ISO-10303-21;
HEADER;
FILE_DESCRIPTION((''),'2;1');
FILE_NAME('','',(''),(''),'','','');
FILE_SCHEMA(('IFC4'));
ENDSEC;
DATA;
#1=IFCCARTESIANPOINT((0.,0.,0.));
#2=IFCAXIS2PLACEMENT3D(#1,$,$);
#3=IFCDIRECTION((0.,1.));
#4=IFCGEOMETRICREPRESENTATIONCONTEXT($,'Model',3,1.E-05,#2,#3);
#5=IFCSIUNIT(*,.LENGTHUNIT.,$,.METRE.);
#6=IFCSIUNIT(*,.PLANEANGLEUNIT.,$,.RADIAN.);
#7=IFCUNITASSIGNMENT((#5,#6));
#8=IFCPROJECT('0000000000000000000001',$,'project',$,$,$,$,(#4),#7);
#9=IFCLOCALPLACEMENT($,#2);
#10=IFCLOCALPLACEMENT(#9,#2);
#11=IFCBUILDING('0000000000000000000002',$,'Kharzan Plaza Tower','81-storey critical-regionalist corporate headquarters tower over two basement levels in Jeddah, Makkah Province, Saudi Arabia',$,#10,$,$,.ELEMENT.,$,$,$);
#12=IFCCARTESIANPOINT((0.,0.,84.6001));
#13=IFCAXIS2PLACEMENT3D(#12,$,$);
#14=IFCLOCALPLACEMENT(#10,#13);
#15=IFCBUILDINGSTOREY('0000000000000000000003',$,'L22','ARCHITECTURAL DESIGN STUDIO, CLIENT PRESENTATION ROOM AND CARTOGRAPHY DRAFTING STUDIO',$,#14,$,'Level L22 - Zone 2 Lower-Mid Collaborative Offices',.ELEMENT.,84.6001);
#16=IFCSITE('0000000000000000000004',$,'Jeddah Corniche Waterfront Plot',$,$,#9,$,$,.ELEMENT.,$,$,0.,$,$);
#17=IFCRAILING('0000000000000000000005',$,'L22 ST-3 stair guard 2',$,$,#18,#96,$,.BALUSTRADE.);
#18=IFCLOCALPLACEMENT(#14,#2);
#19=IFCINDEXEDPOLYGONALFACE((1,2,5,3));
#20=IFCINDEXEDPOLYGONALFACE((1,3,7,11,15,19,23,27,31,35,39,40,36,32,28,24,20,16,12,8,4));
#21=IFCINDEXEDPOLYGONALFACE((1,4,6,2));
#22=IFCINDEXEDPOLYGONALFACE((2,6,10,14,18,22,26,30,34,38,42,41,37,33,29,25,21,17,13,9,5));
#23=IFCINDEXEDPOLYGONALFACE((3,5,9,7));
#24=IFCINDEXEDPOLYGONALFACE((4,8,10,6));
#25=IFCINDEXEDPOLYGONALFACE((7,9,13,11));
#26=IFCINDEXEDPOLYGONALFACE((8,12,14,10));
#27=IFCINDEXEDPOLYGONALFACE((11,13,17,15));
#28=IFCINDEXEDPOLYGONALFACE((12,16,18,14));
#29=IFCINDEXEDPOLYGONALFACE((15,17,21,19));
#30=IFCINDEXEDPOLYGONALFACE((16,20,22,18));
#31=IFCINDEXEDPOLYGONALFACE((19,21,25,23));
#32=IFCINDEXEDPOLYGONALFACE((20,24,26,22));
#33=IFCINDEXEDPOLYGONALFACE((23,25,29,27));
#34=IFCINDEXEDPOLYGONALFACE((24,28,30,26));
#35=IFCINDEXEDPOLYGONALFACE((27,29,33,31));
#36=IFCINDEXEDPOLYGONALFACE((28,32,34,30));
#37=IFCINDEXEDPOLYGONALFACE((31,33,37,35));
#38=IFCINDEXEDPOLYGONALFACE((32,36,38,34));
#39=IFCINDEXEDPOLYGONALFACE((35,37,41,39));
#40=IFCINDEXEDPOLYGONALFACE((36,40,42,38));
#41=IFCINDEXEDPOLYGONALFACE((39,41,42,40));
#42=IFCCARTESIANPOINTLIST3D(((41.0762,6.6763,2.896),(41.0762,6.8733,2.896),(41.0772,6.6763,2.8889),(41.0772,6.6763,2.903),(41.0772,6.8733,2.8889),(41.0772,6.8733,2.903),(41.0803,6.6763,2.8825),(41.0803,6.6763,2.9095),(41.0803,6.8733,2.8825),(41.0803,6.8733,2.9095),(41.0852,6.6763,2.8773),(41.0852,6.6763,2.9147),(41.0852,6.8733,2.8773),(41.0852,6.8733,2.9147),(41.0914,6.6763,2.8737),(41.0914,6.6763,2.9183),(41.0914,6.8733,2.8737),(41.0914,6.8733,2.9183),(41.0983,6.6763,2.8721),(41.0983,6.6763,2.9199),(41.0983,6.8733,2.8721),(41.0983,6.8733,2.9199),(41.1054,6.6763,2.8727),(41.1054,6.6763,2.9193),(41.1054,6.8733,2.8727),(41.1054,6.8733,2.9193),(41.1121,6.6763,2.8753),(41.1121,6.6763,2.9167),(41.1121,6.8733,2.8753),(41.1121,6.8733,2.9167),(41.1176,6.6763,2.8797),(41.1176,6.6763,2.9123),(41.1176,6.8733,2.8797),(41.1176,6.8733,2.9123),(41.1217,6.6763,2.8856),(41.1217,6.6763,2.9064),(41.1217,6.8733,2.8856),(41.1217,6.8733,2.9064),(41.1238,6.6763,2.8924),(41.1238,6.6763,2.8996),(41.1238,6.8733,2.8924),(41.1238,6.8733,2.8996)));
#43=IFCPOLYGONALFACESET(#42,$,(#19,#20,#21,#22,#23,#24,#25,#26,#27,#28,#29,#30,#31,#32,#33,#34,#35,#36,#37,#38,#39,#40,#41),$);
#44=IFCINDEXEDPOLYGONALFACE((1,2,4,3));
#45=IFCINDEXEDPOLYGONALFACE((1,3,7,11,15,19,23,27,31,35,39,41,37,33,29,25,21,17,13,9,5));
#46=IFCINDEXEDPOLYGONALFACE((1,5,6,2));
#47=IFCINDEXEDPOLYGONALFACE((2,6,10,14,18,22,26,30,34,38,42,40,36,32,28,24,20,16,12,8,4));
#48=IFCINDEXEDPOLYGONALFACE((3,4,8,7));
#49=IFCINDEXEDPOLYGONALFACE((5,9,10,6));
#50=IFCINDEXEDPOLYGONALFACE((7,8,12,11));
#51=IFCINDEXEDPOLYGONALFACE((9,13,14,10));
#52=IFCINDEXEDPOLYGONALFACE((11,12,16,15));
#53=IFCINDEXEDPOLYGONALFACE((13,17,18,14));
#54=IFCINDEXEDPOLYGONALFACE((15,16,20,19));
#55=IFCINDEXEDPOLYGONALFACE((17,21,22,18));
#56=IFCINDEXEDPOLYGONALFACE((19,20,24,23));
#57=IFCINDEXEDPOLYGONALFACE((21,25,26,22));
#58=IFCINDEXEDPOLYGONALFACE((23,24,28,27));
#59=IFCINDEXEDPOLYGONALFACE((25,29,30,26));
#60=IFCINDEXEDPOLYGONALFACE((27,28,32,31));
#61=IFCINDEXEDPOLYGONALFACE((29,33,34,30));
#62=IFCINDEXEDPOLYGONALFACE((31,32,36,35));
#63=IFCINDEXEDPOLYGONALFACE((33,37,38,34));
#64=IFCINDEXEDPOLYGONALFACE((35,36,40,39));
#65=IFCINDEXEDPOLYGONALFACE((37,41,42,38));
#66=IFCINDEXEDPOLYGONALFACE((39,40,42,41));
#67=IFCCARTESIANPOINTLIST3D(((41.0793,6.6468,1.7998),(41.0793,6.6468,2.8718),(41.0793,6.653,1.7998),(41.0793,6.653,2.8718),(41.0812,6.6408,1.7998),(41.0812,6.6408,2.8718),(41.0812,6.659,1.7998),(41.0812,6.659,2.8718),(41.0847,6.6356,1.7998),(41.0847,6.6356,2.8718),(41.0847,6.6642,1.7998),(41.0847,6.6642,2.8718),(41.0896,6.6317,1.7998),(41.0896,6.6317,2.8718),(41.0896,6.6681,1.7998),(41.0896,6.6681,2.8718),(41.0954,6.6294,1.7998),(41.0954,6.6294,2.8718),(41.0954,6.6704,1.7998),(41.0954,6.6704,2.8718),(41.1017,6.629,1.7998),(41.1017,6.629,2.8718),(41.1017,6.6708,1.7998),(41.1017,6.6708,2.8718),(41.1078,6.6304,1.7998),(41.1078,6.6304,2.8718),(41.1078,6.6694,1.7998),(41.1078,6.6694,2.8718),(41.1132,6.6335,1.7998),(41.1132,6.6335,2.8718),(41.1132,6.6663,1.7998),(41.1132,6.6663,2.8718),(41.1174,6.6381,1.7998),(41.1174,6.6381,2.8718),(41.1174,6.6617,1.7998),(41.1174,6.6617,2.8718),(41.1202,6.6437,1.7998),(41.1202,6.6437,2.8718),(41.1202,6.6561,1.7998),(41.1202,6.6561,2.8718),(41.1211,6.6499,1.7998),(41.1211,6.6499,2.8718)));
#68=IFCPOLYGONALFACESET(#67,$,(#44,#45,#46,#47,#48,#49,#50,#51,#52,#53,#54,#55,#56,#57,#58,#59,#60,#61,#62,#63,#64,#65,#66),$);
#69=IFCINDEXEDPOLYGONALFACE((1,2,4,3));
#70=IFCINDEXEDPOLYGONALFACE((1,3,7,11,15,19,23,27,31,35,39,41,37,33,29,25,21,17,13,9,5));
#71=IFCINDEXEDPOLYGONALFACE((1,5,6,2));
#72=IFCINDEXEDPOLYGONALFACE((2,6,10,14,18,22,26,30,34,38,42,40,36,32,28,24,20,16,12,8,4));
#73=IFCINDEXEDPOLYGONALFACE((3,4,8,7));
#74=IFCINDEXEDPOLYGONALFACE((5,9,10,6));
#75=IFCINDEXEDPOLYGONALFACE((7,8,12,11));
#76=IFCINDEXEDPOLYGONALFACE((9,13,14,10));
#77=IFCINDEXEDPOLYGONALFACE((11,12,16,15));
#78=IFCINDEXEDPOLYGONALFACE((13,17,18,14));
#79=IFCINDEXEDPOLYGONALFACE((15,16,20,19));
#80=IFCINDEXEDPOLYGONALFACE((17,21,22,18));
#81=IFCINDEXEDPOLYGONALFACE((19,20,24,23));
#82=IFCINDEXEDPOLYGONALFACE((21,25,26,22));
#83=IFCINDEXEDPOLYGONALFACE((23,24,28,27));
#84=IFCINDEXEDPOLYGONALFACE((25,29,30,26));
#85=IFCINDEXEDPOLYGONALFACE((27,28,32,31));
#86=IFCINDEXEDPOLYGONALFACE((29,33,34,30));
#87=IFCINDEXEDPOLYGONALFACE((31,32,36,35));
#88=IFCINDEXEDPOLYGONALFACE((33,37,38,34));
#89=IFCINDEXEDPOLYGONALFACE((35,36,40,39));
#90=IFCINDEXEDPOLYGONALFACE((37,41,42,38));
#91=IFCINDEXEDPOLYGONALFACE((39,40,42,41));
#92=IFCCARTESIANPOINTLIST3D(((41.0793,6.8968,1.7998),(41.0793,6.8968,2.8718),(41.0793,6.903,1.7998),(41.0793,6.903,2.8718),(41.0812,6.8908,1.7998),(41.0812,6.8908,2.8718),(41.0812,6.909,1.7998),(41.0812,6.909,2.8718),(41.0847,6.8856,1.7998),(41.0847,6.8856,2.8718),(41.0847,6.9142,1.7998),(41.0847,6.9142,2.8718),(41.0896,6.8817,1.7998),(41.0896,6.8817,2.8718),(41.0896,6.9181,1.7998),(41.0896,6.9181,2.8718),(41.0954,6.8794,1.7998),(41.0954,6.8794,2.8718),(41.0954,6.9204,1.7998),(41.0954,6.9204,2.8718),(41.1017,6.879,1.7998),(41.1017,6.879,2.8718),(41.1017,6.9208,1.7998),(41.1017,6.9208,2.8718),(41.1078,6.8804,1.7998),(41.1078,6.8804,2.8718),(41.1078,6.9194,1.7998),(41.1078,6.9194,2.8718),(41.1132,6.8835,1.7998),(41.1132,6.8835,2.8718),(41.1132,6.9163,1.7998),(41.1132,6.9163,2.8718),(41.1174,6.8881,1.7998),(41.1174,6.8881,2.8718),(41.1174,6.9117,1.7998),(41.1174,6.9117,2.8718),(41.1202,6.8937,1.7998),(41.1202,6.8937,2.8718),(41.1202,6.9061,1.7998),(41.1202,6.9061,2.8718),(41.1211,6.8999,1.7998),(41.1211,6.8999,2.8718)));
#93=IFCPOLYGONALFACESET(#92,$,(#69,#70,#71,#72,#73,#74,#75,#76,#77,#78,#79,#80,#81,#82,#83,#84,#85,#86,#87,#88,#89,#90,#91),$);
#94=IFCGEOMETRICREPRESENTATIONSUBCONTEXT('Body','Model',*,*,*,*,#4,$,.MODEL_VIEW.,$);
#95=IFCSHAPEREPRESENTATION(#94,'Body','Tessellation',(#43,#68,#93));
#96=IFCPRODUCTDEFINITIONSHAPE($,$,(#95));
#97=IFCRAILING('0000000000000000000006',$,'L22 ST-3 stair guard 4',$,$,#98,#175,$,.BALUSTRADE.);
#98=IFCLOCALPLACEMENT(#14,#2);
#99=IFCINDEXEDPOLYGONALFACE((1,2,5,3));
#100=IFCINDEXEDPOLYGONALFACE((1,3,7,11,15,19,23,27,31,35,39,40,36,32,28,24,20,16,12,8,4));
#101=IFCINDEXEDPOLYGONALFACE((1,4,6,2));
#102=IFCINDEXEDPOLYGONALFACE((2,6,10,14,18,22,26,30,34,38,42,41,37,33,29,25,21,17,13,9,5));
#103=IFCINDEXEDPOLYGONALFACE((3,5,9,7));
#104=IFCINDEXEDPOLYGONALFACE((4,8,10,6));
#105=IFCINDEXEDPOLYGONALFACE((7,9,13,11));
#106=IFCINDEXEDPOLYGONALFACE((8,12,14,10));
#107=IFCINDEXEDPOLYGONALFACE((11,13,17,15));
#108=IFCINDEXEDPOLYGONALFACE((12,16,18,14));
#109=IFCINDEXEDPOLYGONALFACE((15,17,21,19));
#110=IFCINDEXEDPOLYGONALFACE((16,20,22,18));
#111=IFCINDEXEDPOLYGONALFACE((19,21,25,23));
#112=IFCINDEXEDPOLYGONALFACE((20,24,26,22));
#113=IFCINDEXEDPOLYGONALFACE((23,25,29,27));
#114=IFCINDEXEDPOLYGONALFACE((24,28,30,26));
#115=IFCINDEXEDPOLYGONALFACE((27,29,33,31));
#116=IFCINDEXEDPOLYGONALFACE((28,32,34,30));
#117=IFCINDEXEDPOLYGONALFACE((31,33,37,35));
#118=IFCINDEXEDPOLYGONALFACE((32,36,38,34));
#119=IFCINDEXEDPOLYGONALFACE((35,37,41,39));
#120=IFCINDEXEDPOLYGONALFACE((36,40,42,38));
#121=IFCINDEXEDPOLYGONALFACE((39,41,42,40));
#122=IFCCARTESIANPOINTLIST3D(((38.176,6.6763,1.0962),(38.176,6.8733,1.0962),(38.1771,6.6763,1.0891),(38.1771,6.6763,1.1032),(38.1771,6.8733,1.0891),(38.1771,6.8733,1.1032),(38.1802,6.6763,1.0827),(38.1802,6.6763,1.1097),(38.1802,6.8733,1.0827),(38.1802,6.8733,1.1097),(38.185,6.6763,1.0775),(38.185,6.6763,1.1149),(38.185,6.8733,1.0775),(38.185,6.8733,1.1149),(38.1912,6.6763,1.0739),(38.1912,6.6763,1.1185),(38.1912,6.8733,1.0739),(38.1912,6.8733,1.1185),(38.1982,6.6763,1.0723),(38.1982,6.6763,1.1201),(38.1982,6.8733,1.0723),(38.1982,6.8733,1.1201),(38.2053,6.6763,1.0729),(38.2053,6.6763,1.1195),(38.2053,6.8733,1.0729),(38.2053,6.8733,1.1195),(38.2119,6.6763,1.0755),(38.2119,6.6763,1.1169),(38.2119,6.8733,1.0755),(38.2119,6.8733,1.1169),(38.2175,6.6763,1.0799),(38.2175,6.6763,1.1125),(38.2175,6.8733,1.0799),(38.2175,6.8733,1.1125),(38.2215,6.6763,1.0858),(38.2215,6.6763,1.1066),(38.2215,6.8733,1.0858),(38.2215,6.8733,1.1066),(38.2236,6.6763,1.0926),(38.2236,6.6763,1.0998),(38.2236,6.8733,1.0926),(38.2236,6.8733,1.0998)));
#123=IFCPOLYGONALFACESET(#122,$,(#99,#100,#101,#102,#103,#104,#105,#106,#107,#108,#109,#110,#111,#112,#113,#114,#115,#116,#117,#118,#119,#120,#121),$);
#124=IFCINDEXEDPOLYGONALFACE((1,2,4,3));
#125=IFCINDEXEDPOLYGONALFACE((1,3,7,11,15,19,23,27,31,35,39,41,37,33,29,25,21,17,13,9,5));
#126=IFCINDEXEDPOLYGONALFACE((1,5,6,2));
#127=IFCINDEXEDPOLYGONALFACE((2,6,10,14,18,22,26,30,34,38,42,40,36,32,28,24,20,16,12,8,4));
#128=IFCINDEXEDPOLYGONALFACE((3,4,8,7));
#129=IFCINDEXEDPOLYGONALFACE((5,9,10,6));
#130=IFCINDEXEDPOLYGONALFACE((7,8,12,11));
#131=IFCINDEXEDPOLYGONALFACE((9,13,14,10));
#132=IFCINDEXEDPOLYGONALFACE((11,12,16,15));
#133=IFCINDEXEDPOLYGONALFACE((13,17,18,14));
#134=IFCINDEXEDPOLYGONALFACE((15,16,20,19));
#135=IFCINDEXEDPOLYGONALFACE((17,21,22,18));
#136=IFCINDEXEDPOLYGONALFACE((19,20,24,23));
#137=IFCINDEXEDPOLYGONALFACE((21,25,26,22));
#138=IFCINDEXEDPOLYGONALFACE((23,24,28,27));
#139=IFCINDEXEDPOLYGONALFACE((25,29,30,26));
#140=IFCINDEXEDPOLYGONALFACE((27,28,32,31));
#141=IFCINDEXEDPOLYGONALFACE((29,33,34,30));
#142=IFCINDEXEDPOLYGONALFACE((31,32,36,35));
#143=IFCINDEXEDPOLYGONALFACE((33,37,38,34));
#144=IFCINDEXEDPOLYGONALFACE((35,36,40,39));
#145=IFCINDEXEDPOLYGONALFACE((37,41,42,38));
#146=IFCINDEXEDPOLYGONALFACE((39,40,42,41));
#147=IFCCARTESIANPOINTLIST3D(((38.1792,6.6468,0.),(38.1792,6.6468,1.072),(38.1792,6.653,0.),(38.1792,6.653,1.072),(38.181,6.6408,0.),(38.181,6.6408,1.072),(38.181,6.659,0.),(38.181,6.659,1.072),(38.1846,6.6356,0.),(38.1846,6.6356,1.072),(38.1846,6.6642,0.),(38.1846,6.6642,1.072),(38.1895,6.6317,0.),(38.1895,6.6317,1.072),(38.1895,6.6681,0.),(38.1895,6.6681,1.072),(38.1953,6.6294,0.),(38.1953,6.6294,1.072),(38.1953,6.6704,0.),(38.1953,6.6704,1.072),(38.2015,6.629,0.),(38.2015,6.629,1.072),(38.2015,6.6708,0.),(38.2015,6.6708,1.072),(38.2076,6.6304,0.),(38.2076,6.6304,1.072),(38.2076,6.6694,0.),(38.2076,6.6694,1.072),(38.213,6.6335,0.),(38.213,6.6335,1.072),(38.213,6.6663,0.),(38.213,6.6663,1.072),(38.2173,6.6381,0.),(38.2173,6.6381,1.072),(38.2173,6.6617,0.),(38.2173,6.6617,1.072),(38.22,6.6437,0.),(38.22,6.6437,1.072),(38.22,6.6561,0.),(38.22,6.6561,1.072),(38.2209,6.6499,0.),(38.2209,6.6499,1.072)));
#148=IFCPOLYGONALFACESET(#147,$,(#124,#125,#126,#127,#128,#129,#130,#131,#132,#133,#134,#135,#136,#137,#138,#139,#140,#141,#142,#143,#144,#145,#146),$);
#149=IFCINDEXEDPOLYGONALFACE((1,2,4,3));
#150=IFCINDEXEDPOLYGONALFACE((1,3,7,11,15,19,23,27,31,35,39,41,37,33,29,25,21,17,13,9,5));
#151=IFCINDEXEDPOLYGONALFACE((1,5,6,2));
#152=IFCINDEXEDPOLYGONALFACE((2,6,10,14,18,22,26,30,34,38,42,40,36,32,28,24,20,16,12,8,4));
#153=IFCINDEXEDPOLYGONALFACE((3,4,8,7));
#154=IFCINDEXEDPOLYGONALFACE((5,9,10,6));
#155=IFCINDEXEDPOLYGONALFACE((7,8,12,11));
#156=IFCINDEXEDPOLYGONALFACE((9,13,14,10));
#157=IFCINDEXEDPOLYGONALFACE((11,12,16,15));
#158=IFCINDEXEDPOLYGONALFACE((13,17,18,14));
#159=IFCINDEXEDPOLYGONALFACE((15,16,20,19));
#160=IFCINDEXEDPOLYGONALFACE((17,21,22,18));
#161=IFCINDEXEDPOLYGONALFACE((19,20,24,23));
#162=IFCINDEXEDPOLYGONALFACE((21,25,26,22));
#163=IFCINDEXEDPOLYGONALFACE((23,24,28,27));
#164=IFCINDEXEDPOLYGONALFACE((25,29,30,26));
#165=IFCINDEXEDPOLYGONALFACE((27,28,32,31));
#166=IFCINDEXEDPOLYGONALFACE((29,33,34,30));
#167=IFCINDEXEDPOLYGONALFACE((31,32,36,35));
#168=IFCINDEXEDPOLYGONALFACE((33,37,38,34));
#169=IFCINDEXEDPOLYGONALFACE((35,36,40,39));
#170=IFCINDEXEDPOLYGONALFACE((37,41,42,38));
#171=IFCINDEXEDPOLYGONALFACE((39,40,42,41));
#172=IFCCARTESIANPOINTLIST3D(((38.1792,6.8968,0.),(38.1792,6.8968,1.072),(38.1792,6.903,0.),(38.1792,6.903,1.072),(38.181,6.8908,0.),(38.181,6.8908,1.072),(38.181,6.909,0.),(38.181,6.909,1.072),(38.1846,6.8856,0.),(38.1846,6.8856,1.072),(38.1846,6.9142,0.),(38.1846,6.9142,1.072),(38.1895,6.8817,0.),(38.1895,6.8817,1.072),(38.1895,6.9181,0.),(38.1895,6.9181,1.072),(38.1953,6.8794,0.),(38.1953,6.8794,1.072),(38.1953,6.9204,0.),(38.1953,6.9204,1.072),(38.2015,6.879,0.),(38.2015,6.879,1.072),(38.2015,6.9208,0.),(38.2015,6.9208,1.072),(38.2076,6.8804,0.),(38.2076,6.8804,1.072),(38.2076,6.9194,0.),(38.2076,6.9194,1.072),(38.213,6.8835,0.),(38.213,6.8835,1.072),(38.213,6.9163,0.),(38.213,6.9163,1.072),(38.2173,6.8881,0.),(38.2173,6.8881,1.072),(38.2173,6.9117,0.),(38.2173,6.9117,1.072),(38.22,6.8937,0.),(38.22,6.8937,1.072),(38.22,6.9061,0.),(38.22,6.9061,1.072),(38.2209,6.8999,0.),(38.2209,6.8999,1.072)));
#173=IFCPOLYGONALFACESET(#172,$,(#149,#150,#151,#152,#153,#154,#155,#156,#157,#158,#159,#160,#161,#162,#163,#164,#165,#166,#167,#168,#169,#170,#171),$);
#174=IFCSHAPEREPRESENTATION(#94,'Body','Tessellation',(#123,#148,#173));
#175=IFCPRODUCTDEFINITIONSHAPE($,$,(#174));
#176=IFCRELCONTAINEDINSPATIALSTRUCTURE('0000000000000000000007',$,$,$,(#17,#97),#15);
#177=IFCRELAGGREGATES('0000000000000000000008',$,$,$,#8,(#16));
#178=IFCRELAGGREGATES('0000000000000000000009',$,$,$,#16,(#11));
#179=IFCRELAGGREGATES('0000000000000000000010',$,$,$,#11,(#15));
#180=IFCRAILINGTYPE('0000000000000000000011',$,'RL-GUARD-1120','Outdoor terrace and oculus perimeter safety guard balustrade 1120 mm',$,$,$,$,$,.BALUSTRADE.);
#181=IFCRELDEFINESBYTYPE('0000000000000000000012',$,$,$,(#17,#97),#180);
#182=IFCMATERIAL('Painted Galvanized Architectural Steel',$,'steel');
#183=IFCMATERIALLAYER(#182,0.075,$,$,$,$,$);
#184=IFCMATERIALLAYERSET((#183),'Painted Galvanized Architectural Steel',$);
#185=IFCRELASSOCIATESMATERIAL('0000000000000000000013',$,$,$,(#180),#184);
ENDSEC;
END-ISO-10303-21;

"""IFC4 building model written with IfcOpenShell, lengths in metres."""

from ifc_helpers import new_model, si_unit, direction, frame, origin, origin_2d, place, context, subcontext, project, spatial, circle, extrude, source, transform, mapped, material, layer, layer_set, type_object, element, save


model = new_model("IFC4")

# Units and contexts
model_context = context("Model", 3, precision=1e-05, world=origin(), true_north=direction((0.0, 1.0)))
body_context = subcontext(model_context, "Body", "Model", "MODEL_VIEW")
ifc_project = project(units=[si_unit("LENGTHUNIT", "METRE"), si_unit("PLANEANGLEUNIT", "RADIAN")], contexts=[model_context])

# Site, building, storey
site_placement = place(None, origin())
site = spatial("IfcSite", under=ifc_project, at=site_placement, Name="Jeddah Corniche Waterfront Plot", CompositionType="ELEMENT", RefElevation=0.0)
building_placement = place(site_placement, origin())
building = spatial("IfcBuilding", under=site, at=building_placement, Name="Kharzan Plaza Tower", Description="81-storey critical-regionalist corporate headquarters tower over two basement levels in Jeddah, Makkah Province, Saudi Arabia", CompositionType="ELEMENT")
storey_placement = place(building_placement, frame((0.0, 0.0, 84.6001)))
storey = spatial("IfcBuildingStorey", under=building, at=storey_placement, Name="L22", Description="ARCHITECTURAL DESIGN STUDIO, CLIENT PRESENTATION ROOM AND CARTOGRAPHY DRAFTING STUDIO", LongName="Level L22 - Zone 2 Lower-Mid Collaborative Offices", CompositionType="ELEMENT", Elevation=84.6001)

# Railings
ifc_material_1 = material(Name="Painted Galvanized Architectural Steel", Category="steel")
ifc_layer_1 = layer(ifc_material_1, 0.075)
ifc_layer_set_1 = layer_set([ifc_layer_1], Name="Painted Galvanized Architectural Steel")
railing_type_1 = type_object("IfcRailingType", Name="RL-GUARD-1120", Description="Outdoor terrace and oculus perimeter safety guard balustrade 1120 mm", PredefinedType="BALUSTRADE", material=ifc_layer_set_1)
shared_shape_1 = source(origin(), body_context, "Body", "SweptSolid", [
    extrude(circle(Radius=0.0239, at=origin_2d()), frame((0.0, 0.0264, 1.0962), z_axis=(0.0, 1.0, 0.0), x_axis=(-1.0, 0.0, 0.0)), (0.0, 0.0, 1.0), 0.197),
    extrude(circle(Radius=0.021, at=origin_2d()), origin(), (0.0, 0.0, 1.0), 1.072),
    extrude(circle(Radius=0.021, at=origin_2d()), frame((0.0, 0.25, 0.0)), (0.0, 0.0, 1.0), 1.072),
])
for number, where, name in (
    (1, (41.1001, 6.6499, 1.7998), "L22 ST-3 stair guard 2"),
    (2, (38.2, 6.6499, 0.0), "L22 ST-3 stair guard 4"),
):
    element("IfcRailing", number, at=place(storey_placement, frame(where)), inside=storey, type_object=railing_type_1, Name=name, PredefinedType="BALUSTRADE", context=body_context, shape_type="MappedRepresentation", body=[
        mapped(shared_shape_1, transform((0.0, 0.0, 0.0), x_axis=(1.0, 0.0, 0.0), y_axis=(0.0, 1.0, 0.0), z_axis=(0.0, 0.0, 1.0))),
    ])

save(model, "model.ifc")
